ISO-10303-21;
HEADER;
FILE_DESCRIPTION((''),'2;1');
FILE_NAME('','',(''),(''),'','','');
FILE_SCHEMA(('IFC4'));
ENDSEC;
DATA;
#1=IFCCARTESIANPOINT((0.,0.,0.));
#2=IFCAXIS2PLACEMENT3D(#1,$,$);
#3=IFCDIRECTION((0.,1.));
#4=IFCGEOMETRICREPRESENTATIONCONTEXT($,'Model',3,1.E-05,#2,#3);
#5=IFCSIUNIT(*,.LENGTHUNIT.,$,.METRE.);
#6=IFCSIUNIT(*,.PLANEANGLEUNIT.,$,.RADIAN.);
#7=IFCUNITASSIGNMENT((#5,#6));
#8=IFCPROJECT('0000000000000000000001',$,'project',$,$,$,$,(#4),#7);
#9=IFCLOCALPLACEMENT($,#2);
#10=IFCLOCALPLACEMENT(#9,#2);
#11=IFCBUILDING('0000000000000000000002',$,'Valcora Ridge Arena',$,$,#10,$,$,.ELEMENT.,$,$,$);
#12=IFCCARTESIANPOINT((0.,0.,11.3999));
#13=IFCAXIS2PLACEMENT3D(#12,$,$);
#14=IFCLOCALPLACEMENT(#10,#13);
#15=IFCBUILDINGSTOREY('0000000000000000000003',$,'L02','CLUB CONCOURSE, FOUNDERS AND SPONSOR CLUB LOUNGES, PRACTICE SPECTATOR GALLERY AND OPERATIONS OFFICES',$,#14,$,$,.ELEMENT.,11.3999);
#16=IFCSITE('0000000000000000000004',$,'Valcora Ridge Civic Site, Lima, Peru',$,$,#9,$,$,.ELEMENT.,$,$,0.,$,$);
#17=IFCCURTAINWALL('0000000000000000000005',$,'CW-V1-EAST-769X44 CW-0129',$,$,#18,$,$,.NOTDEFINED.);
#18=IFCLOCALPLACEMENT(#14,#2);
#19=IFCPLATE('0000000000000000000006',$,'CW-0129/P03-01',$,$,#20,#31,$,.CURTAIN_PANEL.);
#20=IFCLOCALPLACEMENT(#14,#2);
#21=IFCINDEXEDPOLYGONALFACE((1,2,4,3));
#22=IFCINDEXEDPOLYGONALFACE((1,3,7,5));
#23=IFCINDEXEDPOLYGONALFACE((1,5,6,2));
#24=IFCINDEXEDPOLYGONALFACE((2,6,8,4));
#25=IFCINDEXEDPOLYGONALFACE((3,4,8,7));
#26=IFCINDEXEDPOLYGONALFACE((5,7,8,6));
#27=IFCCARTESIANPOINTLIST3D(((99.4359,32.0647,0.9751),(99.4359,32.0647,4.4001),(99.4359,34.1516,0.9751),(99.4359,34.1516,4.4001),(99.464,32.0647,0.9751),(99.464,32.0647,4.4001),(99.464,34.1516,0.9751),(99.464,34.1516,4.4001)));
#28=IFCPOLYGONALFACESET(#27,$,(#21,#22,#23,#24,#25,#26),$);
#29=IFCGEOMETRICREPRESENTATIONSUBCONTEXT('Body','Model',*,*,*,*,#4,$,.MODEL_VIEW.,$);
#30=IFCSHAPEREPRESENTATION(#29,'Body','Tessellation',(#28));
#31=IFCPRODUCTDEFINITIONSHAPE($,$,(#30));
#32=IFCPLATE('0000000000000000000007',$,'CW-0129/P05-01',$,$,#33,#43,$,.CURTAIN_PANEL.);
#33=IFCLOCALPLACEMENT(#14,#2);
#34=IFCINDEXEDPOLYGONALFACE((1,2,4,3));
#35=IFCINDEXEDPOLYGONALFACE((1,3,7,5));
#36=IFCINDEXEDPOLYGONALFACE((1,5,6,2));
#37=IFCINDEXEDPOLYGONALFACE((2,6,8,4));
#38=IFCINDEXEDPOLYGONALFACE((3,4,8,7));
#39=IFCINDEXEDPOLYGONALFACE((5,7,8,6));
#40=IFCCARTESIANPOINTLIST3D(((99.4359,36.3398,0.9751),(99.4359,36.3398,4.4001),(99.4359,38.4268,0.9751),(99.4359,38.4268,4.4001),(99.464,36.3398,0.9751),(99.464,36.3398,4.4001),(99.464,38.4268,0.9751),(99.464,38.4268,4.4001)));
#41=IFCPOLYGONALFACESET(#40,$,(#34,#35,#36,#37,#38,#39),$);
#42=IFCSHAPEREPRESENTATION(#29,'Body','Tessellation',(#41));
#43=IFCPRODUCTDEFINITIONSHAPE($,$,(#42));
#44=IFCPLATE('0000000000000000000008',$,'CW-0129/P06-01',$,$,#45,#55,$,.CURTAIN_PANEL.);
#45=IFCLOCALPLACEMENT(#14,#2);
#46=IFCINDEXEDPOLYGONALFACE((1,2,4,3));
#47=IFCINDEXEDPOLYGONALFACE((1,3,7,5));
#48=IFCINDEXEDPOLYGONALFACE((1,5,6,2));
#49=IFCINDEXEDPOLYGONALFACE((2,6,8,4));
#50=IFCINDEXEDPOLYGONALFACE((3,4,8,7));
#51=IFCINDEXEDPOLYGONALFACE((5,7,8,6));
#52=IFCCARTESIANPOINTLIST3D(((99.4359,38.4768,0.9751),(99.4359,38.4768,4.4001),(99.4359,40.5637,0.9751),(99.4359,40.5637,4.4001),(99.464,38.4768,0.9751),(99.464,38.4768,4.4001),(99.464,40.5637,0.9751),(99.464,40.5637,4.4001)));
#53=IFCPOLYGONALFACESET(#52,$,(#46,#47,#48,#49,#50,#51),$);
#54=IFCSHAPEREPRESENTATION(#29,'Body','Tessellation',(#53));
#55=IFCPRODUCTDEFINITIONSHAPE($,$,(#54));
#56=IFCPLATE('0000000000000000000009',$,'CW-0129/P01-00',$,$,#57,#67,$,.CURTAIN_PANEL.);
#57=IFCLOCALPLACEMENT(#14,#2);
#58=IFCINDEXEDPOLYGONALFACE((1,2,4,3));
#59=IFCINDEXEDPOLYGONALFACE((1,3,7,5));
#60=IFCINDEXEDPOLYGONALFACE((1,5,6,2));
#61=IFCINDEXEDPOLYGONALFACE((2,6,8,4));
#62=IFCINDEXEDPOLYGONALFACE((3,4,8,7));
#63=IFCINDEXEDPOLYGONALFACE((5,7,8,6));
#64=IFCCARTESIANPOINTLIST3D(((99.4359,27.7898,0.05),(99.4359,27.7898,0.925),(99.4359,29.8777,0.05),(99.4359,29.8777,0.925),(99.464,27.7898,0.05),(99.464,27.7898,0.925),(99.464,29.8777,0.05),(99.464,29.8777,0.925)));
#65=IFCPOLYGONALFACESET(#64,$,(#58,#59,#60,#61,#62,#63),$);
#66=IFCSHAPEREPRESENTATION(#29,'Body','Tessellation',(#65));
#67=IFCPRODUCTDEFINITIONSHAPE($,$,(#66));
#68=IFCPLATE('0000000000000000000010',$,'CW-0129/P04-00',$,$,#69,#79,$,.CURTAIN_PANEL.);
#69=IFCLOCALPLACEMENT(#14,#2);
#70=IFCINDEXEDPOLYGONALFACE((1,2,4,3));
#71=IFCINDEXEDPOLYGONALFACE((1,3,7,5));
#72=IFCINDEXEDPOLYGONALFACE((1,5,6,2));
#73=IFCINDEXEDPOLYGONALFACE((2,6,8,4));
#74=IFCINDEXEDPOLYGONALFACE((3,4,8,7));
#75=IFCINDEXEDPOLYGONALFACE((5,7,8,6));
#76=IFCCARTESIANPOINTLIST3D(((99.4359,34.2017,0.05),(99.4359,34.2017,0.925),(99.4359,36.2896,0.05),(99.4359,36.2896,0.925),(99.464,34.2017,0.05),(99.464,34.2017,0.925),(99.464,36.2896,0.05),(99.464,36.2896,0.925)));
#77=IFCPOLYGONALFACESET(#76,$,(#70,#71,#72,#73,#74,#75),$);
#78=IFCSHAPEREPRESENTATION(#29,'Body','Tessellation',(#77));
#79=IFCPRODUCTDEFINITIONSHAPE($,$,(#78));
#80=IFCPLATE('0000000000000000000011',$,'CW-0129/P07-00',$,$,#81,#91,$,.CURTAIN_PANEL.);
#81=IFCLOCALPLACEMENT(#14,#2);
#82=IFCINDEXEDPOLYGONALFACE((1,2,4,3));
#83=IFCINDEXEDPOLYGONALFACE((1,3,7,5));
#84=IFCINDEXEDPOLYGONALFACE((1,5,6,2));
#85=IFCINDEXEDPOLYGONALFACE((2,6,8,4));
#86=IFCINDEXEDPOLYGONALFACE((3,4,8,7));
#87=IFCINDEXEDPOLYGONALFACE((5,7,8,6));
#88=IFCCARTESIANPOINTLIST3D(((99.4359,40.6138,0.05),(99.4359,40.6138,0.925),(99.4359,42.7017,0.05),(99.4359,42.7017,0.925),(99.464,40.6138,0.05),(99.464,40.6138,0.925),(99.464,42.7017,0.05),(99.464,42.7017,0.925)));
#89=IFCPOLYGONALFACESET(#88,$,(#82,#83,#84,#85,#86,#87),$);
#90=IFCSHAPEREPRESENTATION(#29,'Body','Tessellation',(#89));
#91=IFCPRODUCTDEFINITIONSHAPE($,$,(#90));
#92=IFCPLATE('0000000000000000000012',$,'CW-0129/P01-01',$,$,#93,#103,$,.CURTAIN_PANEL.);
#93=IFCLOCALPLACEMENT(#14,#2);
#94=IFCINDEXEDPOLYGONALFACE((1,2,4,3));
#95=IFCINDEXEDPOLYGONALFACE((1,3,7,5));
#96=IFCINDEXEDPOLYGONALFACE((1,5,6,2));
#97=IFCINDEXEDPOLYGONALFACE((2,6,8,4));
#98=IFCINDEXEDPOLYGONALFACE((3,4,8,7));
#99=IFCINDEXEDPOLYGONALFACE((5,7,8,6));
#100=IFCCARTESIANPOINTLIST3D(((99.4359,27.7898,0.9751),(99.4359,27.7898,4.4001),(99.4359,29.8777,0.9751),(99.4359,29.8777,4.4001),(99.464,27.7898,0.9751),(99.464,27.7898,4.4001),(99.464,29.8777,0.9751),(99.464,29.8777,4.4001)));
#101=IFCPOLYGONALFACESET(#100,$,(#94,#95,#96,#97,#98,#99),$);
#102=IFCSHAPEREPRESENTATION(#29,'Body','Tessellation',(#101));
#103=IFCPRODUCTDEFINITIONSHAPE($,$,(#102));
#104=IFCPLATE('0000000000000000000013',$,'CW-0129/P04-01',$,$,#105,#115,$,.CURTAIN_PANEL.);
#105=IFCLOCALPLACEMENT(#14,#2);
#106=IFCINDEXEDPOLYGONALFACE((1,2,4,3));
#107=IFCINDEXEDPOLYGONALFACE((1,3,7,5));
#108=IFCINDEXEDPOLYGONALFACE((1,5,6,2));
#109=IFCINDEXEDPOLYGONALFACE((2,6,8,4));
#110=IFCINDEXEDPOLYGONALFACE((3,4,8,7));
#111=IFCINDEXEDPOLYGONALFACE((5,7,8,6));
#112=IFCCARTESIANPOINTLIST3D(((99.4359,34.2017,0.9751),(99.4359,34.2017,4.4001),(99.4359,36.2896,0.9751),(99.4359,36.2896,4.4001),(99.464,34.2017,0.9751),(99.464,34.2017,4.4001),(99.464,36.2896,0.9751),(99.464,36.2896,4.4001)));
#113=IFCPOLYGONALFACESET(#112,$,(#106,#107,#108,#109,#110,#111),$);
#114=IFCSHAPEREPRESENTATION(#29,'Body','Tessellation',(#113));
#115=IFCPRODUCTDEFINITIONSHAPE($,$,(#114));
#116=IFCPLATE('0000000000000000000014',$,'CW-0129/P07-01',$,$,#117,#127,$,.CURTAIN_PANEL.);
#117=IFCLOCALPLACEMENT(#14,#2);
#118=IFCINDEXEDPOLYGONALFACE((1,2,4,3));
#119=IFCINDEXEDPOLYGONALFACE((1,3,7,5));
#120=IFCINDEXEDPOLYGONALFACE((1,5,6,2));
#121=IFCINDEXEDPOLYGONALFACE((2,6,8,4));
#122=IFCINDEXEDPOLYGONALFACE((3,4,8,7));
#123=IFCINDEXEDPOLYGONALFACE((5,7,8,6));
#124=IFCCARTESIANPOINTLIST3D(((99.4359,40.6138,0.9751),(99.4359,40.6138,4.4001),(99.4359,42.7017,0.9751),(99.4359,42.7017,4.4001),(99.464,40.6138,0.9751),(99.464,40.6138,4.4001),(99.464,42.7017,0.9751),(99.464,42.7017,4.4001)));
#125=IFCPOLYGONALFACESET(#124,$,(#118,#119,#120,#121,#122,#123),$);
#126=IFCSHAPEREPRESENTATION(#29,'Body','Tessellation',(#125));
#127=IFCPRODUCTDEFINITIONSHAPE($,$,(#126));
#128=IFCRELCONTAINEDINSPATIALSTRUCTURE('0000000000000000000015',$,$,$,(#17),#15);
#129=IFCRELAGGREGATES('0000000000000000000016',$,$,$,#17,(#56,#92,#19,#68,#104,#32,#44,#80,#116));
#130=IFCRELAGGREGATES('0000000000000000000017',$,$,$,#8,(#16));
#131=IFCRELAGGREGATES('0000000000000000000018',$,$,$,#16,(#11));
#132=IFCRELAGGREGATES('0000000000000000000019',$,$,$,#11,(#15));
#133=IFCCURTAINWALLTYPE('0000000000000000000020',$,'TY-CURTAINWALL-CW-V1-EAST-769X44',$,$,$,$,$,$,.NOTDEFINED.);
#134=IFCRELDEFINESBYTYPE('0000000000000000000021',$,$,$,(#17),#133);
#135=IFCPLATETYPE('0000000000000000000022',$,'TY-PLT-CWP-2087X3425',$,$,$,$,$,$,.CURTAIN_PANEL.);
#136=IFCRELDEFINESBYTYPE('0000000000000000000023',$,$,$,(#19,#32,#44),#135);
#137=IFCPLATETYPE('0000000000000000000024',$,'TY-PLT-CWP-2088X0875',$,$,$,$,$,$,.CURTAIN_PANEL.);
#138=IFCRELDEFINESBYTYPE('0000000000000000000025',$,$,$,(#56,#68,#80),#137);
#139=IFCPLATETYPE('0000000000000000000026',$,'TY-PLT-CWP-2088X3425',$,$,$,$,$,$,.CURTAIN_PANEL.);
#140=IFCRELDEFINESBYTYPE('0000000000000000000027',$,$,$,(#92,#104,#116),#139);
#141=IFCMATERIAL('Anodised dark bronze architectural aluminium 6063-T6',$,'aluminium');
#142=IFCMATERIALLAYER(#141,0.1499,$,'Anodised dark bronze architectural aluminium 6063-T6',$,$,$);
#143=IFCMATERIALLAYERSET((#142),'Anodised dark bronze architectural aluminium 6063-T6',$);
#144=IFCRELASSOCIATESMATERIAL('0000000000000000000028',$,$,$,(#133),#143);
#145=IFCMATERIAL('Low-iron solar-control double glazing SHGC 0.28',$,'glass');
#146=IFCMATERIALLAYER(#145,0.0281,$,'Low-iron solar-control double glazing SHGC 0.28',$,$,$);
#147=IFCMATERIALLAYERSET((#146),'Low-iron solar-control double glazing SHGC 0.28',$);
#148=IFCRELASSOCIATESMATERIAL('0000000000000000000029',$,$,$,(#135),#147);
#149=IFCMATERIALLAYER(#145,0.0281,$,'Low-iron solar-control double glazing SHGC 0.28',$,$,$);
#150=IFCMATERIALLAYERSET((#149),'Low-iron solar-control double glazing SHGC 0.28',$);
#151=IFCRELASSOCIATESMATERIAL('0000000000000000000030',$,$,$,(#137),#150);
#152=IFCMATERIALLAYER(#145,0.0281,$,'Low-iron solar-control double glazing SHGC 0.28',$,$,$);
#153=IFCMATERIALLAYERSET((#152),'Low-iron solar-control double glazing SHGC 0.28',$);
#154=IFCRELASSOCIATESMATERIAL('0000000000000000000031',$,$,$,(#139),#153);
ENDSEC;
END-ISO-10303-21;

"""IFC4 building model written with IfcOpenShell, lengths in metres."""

from ifc_helpers import new_model, si_unit, direction, frame, origin, origin_2d, place, context, subcontext, project, spatial, rectangle, extrude, material, layer, layer_set, type_object, element, aggregate, save


model = new_model("IFC4")

# Units and contexts
model_context = context("Model", 3, precision=1e-05, world=origin(), true_north=direction((0.0, 1.0)))
body_context = subcontext(model_context, "Body", "Model", "MODEL_VIEW")
ifc_project = project(units=[si_unit("LENGTHUNIT", "METRE"), si_unit("PLANEANGLEUNIT", "RADIAN")], contexts=[model_context])

# Site, building, storey
site_placement = place(None, origin())
site = spatial("IfcSite", under=ifc_project, at=site_placement, Name="Valcora Ridge Civic Site, Lima, Peru", CompositionType="ELEMENT", RefElevation=0.0)
building_placement = place(site_placement, origin())
building = spatial("IfcBuilding", under=site, at=building_placement, Name="Valcora Ridge Arena", CompositionType="ELEMENT")
storey_placement = place(building_placement, frame((0.0, 0.0, 11.3999)))
storey = spatial("IfcBuildingStorey", under=building, at=storey_placement, Name="L02", Description="CLUB CONCOURSE, FOUNDERS AND SPONSOR CLUB LOUNGES, PRACTICE SPECTATOR GALLERY AND OPERATIONS OFFICES", CompositionType="ELEMENT", Elevation=11.3999)

# Curtain wall, plates
ifc_material_1 = material(Name="Anodised dark bronze architectural aluminium 6063-T6", Category="aluminium")
ifc_layer_1 = layer(ifc_material_1, 0.1499, Name="Anodised dark bronze architectural aluminium 6063-T6")
ifc_layer_set_1 = layer_set([ifc_layer_1], Name="Anodised dark bronze architectural aluminium 6063-T6")
curtain_wall_type = type_object("IfcCurtainWallType", Name="TY-CURTAINWALL-CW-V1-EAST-769X44", PredefinedType="NOTDEFINED", material=ifc_layer_set_1)
curtain_wall_placement = place(storey_placement, origin())
curtain_wall = element("IfcCurtainWall", 1, at=curtain_wall_placement, inside=storey, type_object=curtain_wall_type, Name="CW-V1-EAST-769X44 CW-0129", PredefinedType="NOTDEFINED")
ifc_material_2 = material(Name="Low-iron solar-control double glazing SHGC 0.28", Category="glass")
ifc_layer_2 = layer(ifc_material_2, 0.0281, Name="Low-iron solar-control double glazing SHGC 0.28")
ifc_layer_set_2 = layer_set([ifc_layer_2], Name="Low-iron solar-control double glazing SHGC 0.28")
plate_type_1 = type_object("IfcPlateType", Name="TY-PLT-CWP-2087X3425", PredefinedType="CURTAIN_PANEL", material=ifc_layer_set_2)
plate_1_placement = place(storey_placement, frame((99.45, 33.1082, 0.9751), z_axis=(0.0, 0.0, 1.0), x_axis=(0.0, 1.0, 0.0)))
plate_1 = element("IfcPlate", 2, at=plate_1_placement, type_object=plate_type_1, Name="CW-0129/P03-01", PredefinedType="CURTAIN_PANEL", context=body_context, shape_type="SweptSolid", body=[
    extrude(rectangle(XDim=2.0869, YDim=0.0281, at=origin_2d()), origin(), (0.0, 0.0, 1.0), 3.425),
])
plate_2_placement = place(storey_placement, frame((99.45, 37.3833, 0.9751), z_axis=(0.0, 0.0, 1.0), x_axis=(0.0, 1.0, 0.0)))
plate_2 = element("IfcPlate", 3, at=plate_2_placement, type_object=plate_type_1, Name="CW-0129/P05-01", PredefinedType="CURTAIN_PANEL", context=body_context, shape_type="SweptSolid", body=[
    extrude(rectangle(XDim=2.0869, YDim=0.0281, at=origin_2d()), origin(), (0.0, 0.0, 1.0), 3.425),
])
plate_3_placement = place(storey_placement, frame((99.45, 39.5203, 0.9751), z_axis=(0.0, 0.0, 1.0), x_axis=(0.0, 1.0, 0.0)))
plate_3 = element("IfcPlate", 4, at=plate_3_placement, type_object=plate_type_1, Name="CW-0129/P06-01", PredefinedType="CURTAIN_PANEL", context=body_context, shape_type="SweptSolid", body=[
    extrude(rectangle(XDim=2.0869, YDim=0.0281, at=origin_2d()), origin(), (0.0, 0.0, 1.0), 3.425),
])
ifc_layer_3 = layer(ifc_material_2, 0.0281, Name="Low-iron solar-control double glazing SHGC 0.28")
ifc_layer_set_3 = layer_set([ifc_layer_3], Name="Low-iron solar-control double glazing SHGC 0.28")
plate_type_2 = type_object("IfcPlateType", Name="TY-PLT-CWP-2088X0875", PredefinedType="CURTAIN_PANEL", material=ifc_layer_set_3)
plate_4_placement = place(storey_placement, frame((99.45, 28.8337, 0.05), z_axis=(0.0, 0.0, 1.0), x_axis=(0.0, 1.0, 0.0)))
plate_4 = element("IfcPlate", 5, at=plate_4_placement, type_object=plate_type_2, Name="CW-0129/P01-00", PredefinedType="CURTAIN_PANEL", context=body_context, shape_type="SweptSolid", body=[
    extrude(rectangle(XDim=2.0879, YDim=0.0281, at=origin_2d()), origin(), (0.0, 0.0, 1.0), 0.875),
])
plate_5_placement = place(storey_placement, frame((99.45, 35.2456, 0.05), z_axis=(0.0, 0.0, 1.0), x_axis=(0.0, 1.0, 0.0)))
plate_5 = element("IfcPlate", 6, at=plate_5_placement, type_object=plate_type_2, Name="CW-0129/P04-00", PredefinedType="CURTAIN_PANEL", context=body_context, shape_type="SweptSolid", body=[
    extrude(rectangle(XDim=2.0879, YDim=0.0281, at=origin_2d()), origin(), (0.0, 0.0, 1.0), 0.875),
])
plate_6_placement = place(storey_placement, frame((99.45, 41.6577, 0.05), z_axis=(0.0, 0.0, 1.0), x_axis=(0.0, 1.0, 0.0)))
plate_6 = element("IfcPlate", 7, at=plate_6_placement, type_object=plate_type_2, Name="CW-0129/P07-00", PredefinedType="CURTAIN_PANEL", context=body_context, shape_type="SweptSolid", body=[
    extrude(rectangle(XDim=2.0879, YDim=0.0281, at=origin_2d()), origin(), (0.0, 0.0, 1.0), 0.875),
])
ifc_layer_4 = layer(ifc_material_2, 0.0281, Name="Low-iron solar-control double glazing SHGC 0.28")
ifc_layer_set_4 = layer_set([ifc_layer_4], Name="Low-iron solar-control double glazing SHGC 0.28")
plate_type_3 = type_object("IfcPlateType", Name="TY-PLT-CWP-2088X3425", PredefinedType="CURTAIN_PANEL", material=ifc_layer_set_4)
plate_7_placement = place(storey_placement, frame((99.45, 28.8337, 0.9751), z_axis=(0.0, 0.0, 1.0), x_axis=(0.0, 1.0, 0.0)))
plate_7 = element("IfcPlate", 8, at=plate_7_placement, type_object=plate_type_3, Name="CW-0129/P01-01", PredefinedType="CURTAIN_PANEL", context=body_context, shape_type="SweptSolid", body=[
    extrude(rectangle(XDim=2.0879, YDim=0.0281, at=origin_2d()), origin(), (0.0, 0.0, 1.0), 3.425),
])
plate_8_placement = place(storey_placement, frame((99.45, 35.2456, 0.9751), z_axis=(0.0, 0.0, 1.0), x_axis=(0.0, 1.0, 0.0)))
plate_8 = element("IfcPlate", 9, at=plate_8_placement, type_object=plate_type_3, Name="CW-0129/P04-01", PredefinedType="CURTAIN_PANEL", context=body_context, shape_type="SweptSolid", body=[
    extrude(rectangle(XDim=2.0879, YDim=0.0281, at=origin_2d()), origin(), (0.0, 0.0, 1.0), 3.425),
])
plate_9_placement = place(storey_placement, frame((99.45, 41.6577, 0.9751), z_axis=(0.0, 0.0, 1.0), x_axis=(0.0, 1.0, 0.0)))
plate_9 = element("IfcPlate", 10, at=plate_9_placement, type_object=plate_type_3, Name="CW-0129/P07-01", PredefinedType="CURTAIN_PANEL", context=body_context, shape_type="SweptSolid", body=[
    extrude(rectangle(XDim=2.0879, YDim=0.0281, at=origin_2d()), origin(), (0.0, 0.0, 1.0), 3.425),
])
aggregate(curtain_wall, [plate_4, plate_7, plate_1, plate_5, plate_8, plate_2, plate_3, plate_6, plate_9])

save(model, "model.ifc")
